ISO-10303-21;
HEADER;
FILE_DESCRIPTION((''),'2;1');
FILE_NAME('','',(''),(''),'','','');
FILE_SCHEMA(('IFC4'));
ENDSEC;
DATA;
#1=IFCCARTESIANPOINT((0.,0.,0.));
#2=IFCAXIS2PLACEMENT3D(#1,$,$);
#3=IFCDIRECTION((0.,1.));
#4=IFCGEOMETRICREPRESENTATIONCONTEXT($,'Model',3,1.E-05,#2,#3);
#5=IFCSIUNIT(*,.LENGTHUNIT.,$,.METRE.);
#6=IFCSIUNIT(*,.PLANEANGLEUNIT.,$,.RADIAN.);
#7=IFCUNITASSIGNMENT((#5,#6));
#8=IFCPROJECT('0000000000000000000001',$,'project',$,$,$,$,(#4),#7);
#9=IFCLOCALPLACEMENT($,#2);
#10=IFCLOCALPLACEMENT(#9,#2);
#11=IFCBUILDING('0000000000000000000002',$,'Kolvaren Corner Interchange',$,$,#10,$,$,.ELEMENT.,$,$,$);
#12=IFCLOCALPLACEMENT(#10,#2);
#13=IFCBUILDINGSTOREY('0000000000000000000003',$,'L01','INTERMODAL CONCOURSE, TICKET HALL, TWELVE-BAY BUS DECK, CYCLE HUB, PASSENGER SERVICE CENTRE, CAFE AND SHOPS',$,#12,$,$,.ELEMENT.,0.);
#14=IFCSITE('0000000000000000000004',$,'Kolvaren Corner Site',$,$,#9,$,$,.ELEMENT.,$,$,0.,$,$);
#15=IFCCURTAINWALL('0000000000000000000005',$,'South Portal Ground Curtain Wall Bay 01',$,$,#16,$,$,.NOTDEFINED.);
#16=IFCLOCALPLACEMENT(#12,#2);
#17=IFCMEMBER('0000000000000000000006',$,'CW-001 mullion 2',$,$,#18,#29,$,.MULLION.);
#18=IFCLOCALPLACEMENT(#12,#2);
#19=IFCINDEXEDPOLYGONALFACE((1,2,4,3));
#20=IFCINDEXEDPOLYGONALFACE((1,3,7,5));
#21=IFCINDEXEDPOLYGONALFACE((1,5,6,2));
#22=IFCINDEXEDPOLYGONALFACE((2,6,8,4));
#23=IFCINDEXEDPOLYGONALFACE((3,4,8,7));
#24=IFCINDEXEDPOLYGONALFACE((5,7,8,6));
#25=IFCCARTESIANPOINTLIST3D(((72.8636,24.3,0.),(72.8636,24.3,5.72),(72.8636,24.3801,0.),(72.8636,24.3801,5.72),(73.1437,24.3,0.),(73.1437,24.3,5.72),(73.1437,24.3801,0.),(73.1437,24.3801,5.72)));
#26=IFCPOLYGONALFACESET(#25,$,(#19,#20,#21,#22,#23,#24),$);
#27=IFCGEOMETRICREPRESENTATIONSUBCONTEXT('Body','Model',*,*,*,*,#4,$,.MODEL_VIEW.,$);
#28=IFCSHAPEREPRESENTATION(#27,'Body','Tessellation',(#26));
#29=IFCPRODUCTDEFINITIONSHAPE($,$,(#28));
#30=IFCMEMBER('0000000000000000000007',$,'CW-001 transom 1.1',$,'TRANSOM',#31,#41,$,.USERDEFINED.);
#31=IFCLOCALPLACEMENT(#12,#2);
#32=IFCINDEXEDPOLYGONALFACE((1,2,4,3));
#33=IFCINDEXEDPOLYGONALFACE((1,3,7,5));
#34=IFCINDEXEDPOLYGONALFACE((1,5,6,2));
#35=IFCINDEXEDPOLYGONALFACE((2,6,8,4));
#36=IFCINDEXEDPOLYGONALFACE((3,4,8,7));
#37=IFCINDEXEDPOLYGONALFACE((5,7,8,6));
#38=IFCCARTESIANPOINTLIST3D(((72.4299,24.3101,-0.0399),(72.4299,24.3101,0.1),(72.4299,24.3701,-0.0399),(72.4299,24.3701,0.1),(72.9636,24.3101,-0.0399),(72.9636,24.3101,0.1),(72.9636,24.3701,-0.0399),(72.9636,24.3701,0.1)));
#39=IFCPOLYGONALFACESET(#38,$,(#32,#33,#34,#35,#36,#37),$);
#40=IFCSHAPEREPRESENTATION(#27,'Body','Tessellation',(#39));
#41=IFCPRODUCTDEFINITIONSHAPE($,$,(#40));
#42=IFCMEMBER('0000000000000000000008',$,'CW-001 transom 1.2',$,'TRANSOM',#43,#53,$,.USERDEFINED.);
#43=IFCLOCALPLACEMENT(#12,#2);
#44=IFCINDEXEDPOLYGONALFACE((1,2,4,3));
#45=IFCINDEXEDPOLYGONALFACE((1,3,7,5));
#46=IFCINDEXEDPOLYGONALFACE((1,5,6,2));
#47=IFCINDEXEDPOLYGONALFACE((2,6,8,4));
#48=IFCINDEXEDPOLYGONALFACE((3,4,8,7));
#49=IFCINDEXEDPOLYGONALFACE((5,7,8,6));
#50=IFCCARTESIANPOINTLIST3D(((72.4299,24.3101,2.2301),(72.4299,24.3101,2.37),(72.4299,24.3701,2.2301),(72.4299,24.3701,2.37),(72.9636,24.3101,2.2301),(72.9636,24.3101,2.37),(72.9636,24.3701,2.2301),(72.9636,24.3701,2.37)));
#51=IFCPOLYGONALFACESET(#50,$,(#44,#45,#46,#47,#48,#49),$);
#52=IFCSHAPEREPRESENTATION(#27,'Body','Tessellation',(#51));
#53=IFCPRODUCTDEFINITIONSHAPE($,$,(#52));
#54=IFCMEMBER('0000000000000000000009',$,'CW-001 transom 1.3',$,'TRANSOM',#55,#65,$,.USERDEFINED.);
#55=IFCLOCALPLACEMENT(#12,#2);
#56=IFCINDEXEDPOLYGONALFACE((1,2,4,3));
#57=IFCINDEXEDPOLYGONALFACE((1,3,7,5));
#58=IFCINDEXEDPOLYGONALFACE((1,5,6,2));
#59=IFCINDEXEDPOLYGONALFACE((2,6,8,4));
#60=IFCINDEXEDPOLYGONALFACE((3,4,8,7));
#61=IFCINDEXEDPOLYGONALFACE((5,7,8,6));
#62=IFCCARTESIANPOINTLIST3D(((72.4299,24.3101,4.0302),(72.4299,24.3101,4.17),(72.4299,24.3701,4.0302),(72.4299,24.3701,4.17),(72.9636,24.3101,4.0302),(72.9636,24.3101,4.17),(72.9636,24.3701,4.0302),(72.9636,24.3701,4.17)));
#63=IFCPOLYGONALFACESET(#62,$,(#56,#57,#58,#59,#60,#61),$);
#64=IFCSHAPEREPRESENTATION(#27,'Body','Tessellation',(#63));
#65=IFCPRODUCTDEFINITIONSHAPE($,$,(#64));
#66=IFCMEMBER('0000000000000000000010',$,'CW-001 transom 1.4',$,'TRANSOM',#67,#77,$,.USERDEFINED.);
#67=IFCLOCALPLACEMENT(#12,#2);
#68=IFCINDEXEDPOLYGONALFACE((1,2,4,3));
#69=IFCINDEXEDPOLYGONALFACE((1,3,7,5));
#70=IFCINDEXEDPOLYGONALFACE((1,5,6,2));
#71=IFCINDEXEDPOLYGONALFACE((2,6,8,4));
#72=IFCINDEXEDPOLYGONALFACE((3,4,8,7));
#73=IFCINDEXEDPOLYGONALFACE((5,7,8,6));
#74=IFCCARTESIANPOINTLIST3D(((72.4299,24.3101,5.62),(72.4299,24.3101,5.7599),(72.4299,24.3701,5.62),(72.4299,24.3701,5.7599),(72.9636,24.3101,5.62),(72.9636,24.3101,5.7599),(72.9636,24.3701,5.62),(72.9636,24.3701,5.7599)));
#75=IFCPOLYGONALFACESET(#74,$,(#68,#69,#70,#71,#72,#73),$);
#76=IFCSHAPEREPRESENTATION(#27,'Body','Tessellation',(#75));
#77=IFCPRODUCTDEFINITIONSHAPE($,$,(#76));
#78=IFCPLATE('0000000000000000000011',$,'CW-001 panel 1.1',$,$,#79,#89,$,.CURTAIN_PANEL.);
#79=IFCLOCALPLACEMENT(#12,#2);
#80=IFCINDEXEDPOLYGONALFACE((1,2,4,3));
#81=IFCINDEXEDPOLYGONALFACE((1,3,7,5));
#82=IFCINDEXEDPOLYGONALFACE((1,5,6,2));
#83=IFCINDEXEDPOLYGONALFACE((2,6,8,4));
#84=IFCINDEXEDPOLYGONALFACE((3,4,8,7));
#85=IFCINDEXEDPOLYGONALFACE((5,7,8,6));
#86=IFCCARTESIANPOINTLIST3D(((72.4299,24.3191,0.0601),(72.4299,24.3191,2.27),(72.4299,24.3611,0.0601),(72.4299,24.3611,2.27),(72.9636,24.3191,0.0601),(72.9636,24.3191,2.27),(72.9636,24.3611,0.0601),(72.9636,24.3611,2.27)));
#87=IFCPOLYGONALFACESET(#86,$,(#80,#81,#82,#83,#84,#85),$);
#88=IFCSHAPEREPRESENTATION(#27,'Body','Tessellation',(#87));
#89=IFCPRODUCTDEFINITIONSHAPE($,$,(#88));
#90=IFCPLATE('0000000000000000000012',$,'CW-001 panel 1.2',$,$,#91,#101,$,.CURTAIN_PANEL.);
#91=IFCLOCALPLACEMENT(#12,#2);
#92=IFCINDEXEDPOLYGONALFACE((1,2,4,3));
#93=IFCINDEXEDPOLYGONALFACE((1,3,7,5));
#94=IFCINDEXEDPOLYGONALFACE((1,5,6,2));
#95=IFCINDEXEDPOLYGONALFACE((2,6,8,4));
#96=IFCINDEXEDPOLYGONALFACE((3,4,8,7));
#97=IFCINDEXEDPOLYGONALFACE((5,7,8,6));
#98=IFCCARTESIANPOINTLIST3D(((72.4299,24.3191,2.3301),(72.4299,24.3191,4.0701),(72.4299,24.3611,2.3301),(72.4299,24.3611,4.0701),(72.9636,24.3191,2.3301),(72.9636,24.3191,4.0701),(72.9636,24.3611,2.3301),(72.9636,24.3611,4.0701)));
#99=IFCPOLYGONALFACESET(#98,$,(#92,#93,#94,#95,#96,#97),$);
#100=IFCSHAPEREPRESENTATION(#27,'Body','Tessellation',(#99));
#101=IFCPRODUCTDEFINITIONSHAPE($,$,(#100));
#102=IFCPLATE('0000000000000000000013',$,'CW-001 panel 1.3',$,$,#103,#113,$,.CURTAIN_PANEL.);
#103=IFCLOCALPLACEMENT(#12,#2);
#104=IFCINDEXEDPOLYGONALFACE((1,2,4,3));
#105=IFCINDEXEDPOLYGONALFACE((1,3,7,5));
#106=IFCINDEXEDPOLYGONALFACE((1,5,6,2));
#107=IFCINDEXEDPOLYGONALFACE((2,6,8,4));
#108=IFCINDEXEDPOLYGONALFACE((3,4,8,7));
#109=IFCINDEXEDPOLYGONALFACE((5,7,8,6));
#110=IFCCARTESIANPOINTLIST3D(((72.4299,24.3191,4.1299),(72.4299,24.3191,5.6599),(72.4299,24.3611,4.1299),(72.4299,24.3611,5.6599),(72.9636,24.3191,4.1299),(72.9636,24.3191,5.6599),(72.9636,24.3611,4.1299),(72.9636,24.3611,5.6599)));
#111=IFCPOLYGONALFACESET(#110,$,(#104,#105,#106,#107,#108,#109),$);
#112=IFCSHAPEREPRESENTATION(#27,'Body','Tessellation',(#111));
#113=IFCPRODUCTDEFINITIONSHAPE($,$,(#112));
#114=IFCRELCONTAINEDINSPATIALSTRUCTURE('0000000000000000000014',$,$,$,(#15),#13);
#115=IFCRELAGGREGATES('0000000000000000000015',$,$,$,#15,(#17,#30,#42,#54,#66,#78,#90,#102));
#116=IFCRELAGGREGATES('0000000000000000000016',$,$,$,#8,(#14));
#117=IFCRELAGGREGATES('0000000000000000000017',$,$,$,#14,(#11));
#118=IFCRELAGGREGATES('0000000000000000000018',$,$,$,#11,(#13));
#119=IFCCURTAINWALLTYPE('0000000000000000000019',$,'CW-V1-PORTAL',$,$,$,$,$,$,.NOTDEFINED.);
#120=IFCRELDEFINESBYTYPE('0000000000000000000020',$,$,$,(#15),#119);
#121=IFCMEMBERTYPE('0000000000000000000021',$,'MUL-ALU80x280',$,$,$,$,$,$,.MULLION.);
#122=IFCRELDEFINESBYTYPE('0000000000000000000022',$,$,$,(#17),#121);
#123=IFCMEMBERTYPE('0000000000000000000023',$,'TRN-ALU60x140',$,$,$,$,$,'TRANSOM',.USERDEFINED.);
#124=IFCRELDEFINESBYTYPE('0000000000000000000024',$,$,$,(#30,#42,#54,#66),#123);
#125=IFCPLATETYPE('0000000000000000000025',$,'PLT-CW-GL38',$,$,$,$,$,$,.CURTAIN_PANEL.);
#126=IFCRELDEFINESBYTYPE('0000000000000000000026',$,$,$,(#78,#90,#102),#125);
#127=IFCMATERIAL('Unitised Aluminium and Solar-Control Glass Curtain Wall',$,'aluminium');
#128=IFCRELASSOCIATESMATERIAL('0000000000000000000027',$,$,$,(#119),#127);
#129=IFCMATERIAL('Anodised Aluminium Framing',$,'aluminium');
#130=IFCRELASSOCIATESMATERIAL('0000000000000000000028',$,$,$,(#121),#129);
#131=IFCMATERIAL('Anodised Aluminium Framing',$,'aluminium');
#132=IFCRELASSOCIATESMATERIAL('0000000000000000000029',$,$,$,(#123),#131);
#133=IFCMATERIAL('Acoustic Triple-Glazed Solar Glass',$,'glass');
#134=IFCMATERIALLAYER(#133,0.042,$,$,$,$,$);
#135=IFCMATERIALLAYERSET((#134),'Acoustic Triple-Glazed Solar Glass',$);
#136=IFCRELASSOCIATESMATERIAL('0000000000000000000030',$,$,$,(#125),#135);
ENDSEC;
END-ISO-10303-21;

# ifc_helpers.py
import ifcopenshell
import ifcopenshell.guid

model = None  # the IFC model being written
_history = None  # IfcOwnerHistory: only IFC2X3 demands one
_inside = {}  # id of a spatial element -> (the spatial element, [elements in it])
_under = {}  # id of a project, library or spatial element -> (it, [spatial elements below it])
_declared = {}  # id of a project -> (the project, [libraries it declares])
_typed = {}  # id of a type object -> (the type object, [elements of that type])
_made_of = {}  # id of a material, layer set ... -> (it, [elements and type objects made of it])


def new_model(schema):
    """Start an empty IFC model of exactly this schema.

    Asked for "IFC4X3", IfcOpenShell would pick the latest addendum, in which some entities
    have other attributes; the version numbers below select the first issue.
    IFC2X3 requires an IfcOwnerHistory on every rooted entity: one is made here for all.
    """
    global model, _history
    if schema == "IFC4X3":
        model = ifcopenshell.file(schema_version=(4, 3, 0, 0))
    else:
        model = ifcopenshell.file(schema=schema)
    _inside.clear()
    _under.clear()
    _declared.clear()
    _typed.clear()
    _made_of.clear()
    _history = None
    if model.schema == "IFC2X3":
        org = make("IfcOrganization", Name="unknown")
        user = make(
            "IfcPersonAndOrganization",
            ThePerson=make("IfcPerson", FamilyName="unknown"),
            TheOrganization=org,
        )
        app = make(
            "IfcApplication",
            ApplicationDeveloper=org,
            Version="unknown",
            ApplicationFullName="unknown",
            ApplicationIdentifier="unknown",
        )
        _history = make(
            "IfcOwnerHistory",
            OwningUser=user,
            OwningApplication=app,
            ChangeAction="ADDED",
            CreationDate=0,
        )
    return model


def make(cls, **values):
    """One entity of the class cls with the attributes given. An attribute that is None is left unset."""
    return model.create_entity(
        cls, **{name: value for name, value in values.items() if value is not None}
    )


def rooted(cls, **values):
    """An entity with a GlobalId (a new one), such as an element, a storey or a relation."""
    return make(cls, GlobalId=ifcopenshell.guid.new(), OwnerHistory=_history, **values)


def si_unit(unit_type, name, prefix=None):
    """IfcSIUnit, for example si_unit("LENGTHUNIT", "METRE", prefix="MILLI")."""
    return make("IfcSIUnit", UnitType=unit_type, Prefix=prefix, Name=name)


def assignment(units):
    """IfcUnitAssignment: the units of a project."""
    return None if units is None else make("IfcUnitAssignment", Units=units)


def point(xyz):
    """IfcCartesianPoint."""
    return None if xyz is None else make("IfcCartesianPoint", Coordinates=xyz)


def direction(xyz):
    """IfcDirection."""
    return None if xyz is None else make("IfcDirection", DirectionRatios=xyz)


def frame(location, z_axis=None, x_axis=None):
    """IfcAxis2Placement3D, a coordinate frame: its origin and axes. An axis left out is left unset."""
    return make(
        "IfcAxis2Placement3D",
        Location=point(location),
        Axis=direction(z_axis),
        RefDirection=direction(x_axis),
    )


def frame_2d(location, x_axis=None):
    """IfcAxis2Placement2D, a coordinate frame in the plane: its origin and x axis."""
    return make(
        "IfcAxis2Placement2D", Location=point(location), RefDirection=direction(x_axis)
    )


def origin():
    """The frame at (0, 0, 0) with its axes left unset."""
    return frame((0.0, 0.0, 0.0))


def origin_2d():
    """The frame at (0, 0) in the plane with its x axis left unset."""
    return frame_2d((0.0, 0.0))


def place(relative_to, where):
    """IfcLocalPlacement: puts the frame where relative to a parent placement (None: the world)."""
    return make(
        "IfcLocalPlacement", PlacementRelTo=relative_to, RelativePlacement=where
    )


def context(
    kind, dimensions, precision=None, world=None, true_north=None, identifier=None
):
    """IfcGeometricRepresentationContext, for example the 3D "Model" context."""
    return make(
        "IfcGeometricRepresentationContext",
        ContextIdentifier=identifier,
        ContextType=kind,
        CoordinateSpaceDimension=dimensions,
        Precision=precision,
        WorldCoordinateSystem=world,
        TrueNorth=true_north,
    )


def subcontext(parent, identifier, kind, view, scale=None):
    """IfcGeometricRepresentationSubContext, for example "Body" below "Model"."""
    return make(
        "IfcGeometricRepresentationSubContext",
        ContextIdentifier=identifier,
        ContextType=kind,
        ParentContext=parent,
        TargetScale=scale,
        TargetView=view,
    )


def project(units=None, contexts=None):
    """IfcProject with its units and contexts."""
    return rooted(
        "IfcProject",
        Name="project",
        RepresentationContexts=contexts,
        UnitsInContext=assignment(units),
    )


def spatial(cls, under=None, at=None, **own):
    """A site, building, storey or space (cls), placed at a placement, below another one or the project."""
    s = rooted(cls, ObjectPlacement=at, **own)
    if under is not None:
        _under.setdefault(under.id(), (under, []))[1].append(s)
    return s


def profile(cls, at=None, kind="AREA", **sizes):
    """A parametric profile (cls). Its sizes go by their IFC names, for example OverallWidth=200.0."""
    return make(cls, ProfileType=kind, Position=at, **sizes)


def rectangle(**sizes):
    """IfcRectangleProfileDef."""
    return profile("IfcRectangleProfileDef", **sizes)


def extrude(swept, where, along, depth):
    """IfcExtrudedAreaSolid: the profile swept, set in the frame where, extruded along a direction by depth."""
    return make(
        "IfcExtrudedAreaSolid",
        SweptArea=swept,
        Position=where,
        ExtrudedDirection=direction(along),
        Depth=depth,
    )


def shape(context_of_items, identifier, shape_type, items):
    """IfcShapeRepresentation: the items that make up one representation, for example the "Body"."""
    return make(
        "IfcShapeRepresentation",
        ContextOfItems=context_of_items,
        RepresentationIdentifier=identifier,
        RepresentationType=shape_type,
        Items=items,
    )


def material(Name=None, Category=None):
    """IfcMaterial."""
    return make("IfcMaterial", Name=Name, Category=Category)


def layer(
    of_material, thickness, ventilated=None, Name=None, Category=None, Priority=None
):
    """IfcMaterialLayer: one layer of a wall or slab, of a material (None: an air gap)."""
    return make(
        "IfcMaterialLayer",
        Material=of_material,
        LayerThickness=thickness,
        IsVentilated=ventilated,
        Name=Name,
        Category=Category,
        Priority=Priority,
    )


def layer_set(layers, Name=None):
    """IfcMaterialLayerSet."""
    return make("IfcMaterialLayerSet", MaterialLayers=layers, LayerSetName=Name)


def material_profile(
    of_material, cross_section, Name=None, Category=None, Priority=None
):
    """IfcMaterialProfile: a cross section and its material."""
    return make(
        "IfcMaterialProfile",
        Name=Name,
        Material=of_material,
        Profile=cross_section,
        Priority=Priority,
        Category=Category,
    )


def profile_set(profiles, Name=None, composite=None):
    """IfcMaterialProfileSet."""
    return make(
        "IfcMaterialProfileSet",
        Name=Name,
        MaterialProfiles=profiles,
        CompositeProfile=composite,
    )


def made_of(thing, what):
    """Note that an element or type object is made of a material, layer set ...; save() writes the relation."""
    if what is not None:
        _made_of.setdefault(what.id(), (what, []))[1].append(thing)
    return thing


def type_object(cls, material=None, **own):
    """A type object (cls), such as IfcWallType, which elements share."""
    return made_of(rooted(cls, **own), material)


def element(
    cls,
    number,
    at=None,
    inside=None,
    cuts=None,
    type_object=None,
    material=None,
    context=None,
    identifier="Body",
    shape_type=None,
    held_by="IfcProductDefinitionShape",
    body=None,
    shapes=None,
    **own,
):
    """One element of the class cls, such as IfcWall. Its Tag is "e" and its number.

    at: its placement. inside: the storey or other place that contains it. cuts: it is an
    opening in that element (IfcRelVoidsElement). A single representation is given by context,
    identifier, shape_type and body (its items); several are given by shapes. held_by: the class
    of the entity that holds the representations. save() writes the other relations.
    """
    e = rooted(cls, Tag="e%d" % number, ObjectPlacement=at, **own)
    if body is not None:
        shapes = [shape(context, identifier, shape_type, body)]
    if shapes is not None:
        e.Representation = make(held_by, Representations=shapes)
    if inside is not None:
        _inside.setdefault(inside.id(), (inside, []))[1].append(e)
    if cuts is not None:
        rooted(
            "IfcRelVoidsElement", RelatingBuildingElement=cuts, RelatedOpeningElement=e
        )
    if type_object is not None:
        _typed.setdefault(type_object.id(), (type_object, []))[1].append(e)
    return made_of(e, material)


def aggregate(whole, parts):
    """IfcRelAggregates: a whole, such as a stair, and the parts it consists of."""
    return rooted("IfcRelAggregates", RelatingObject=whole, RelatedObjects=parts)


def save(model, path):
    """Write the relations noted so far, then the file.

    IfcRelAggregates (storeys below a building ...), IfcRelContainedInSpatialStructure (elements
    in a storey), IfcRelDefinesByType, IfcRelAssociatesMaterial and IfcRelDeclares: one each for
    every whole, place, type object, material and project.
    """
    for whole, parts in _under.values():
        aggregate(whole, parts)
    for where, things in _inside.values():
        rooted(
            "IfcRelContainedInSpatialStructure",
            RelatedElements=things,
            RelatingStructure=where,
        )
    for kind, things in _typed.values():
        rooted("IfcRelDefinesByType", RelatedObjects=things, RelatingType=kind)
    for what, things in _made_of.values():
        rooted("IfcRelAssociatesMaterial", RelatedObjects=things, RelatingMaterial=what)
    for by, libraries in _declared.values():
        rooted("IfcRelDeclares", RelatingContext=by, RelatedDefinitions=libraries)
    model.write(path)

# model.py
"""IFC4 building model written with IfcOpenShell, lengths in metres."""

from ifc_helpers import new_model, si_unit, direction, frame, origin, origin_2d, place, context, subcontext, project, spatial, rectangle, extrude, material, layer, layer_set, material_profile, profile_set, type_object, element, aggregate, save


model = new_model("IFC4")

# Units and contexts
model_context = context("Model", 3, precision=1e-05, world=origin(), true_north=direction((0.0, 1.0)))
body_context = subcontext(model_context, "Body", "Model", "MODEL_VIEW")
ifc_project = project(units=[si_unit("LENGTHUNIT", "METRE"), si_unit("PLANEANGLEUNIT", "RADIAN")], contexts=[model_context])

# Site, building, storey
site_placement = place(None, origin())
site = spatial("IfcSite", under=ifc_project, at=site_placement, Name="Kolvaren Corner Site", CompositionType="ELEMENT", RefElevation=0.0)
building_placement = place(site_placement, origin())
building = spatial("IfcBuilding", under=site, at=building_placement, Name="Kolvaren Corner Interchange", CompositionType="ELEMENT")
storey_placement = place(building_placement, origin())
storey = spatial("IfcBuildingStorey", under=building, at=storey_placement, Name="L01", Description="INTERMODAL CONCOURSE, TICKET HALL, TWELVE-BAY BUS DECK, CYCLE HUB, PASSENGER SERVICE CENTRE, CAFE AND SHOPS", CompositionType="ELEMENT", Elevation=0.0)

# Curtain wall, members, plates
ifc_material_1 = material(Name="Unitised Aluminium and Solar-Control Glass Curtain Wall", Category="aluminium")
curtain_wall_type = type_object("IfcCurtainWallType", Name="CW-V1-PORTAL", PredefinedType="NOTDEFINED", material=ifc_material_1)
curtain_wall_placement = place(storey_placement, origin())
curtain_wall = element("IfcCurtainWall", 1, at=curtain_wall_placement, inside=storey, type_object=curtain_wall_type, Name="South Portal Ground Curtain Wall Bay 01", PredefinedType="NOTDEFINED")
ifc_material_2 = material(Name="Anodised Aluminium Framing", Category="aluminium")
ifc_material_profile_1 = material_profile(ifc_material_2, rectangle(XDim=0.0801, YDim=0.28, at=origin_2d()), Name="ALU 80x280")
ifc_profile_set_1 = profile_set([ifc_material_profile_1], Name="Anodised Aluminium Framing")
member_type_1 = type_object("IfcMemberType", Name="MUL-ALU80x280", PredefinedType="MULLION", material=ifc_profile_set_1)
member_1_placement = place(storey_placement, frame((73.0037, 24.3401, 0.0), z_axis=(0.0, 0.0, 1.0), x_axis=(0.0, 1.0, 0.0)))
member_1 = element("IfcMember", 2, at=member_1_placement, type_object=member_type_1, Name="CW-001 mullion 2", PredefinedType="MULLION", context=body_context, shape_type="SweptSolid", body=[
    extrude(rectangle(XDim=0.0801, YDim=0.28, at=origin_2d()), origin(), (0.0, 0.0, 1.0), 5.72),
])
ifc_material_3 = material(Name="Anodised Aluminium Framing", Category="aluminium")
ifc_material_profile_2 = material_profile(ifc_material_3, rectangle(XDim=0.0601, YDim=0.1399, at=origin_2d()), Name="ALU 60x140")
ifc_profile_set_2 = profile_set([ifc_material_profile_2], Name="Anodised Aluminium Framing")
member_type_2 = type_object("IfcMemberType", Name="TRN-ALU60x140", ElementType="TRANSOM", PredefinedType="USERDEFINED", material=ifc_profile_set_2)
member_2_placement = place(storey_placement, frame((72.4299, 24.3401, 0.03), z_axis=(1.0, 0.0, 0.0), x_axis=(0.0, 1.0, 0.0)))
member_2 = element("IfcMember", 3, at=member_2_placement, type_object=member_type_2, Name="CW-001 transom 1.1", ObjectType="TRANSOM", PredefinedType="USERDEFINED", context=body_context, shape_type="SweptSolid", body=[
    extrude(rectangle(XDim=0.0601, YDim=0.1399, at=origin_2d()), origin(), (0.0, 0.0, 1.0), 0.5337),
])
member_3_placement = place(storey_placement, frame((72.4299, 24.3401, 2.3), z_axis=(1.0, 0.0, 0.0), x_axis=(0.0, 1.0, 0.0)))
member_3 = element("IfcMember", 4, at=member_3_placement, type_object=member_type_2, Name="CW-001 transom 1.2", ObjectType="TRANSOM", PredefinedType="USERDEFINED", context=body_context, shape_type="SweptSolid", body=[
    extrude(rectangle(XDim=0.0601, YDim=0.1399, at=origin_2d()), origin(), (0.0, 0.0, 1.0), 0.5337),
])
member_4_placement = place(storey_placement, frame((72.4299, 24.3401, 4.1001), z_axis=(1.0, 0.0, 0.0), x_axis=(0.0, 1.0, 0.0)))
member_4 = element("IfcMember", 5, at=member_4_placement, type_object=member_type_2, Name="CW-001 transom 1.3", ObjectType="TRANSOM", PredefinedType="USERDEFINED", context=body_context, shape_type="SweptSolid", body=[
    extrude(rectangle(XDim=0.0601, YDim=0.1399, at=origin_2d()), origin(), (0.0, 0.0, 1.0), 0.5337),
])
member_5_placement = place(storey_placement, frame((72.4299, 24.3401, 5.6899), z_axis=(1.0, 0.0, 0.0), x_axis=(0.0, 1.0, 0.0)))
member_5 = element("IfcMember", 6, at=member_5_placement, type_object=member_type_2, Name="CW-001 transom 1.4", ObjectType="TRANSOM", PredefinedType="USERDEFINED", context=body_context, shape_type="SweptSolid", body=[
    extrude(rectangle(XDim=0.0601, YDim=0.1399, at=origin_2d()), origin(), (0.0, 0.0, 1.0), 0.5337),
])
ifc_material_4 = material(Name="Acoustic Triple-Glazed Solar Glass", Category="glass")
ifc_layer = layer(ifc_material_4, 0.042)
ifc_layer_set = layer_set([ifc_layer], Name="Acoustic Triple-Glazed Solar Glass")
plate_type = type_object("IfcPlateType", Name="PLT-CW-GL38", PredefinedType="CURTAIN_PANEL", material=ifc_layer_set)
plate_1_placement = place(storey_placement, frame((72.6968, 24.3401, 0.0601), z_axis=(0.0, 0.0, 1.0), x_axis=(1.0, 0.0, 0.0)))
plate_1 = element("IfcPlate", 7, at=plate_1_placement, type_object=plate_type, Name="CW-001 panel 1.1", PredefinedType="CURTAIN_PANEL", context=body_context, shape_type="SweptSolid", body=[
    extrude(rectangle(XDim=0.5337, YDim=0.042, at=origin_2d()), origin(), (0.0, 0.0, 1.0), 2.21),
])
plate_2_placement = place(storey_placement, frame((72.6968, 24.3401, 2.3301), z_axis=(0.0, 0.0, 1.0), x_axis=(1.0, 0.0, 0.0)))
plate_2 = element("IfcPlate", 8, at=plate_2_placement, type_object=plate_type, Name="CW-001 panel 1.2", PredefinedType="CURTAIN_PANEL", context=body_context, shape_type="SweptSolid", body=[
    extrude(rectangle(XDim=0.5337, YDim=0.042, at=origin_2d()), origin(), (0.0, 0.0, 1.0), 1.74),
])
plate_3_placement = place(storey_placement, frame((72.6968, 24.3401, 4.1299), z_axis=(0.0, 0.0, 1.0), x_axis=(1.0, 0.0, 0.0)))
plate_3 = element("IfcPlate", 9, at=plate_3_placement, type_object=plate_type, Name="CW-001 panel 1.3", PredefinedType="CURTAIN_PANEL", context=body_context, shape_type="SweptSolid", body=[
    extrude(rectangle(XDim=0.5337, YDim=0.042, at=origin_2d()), origin(), (0.0, 0.0, 1.0), 1.53),
])
aggregate(curtain_wall, [member_1, member_2, member_3, member_4, member_5, plate_1, plate_2, plate_3])

save(model, "model.ifc")
